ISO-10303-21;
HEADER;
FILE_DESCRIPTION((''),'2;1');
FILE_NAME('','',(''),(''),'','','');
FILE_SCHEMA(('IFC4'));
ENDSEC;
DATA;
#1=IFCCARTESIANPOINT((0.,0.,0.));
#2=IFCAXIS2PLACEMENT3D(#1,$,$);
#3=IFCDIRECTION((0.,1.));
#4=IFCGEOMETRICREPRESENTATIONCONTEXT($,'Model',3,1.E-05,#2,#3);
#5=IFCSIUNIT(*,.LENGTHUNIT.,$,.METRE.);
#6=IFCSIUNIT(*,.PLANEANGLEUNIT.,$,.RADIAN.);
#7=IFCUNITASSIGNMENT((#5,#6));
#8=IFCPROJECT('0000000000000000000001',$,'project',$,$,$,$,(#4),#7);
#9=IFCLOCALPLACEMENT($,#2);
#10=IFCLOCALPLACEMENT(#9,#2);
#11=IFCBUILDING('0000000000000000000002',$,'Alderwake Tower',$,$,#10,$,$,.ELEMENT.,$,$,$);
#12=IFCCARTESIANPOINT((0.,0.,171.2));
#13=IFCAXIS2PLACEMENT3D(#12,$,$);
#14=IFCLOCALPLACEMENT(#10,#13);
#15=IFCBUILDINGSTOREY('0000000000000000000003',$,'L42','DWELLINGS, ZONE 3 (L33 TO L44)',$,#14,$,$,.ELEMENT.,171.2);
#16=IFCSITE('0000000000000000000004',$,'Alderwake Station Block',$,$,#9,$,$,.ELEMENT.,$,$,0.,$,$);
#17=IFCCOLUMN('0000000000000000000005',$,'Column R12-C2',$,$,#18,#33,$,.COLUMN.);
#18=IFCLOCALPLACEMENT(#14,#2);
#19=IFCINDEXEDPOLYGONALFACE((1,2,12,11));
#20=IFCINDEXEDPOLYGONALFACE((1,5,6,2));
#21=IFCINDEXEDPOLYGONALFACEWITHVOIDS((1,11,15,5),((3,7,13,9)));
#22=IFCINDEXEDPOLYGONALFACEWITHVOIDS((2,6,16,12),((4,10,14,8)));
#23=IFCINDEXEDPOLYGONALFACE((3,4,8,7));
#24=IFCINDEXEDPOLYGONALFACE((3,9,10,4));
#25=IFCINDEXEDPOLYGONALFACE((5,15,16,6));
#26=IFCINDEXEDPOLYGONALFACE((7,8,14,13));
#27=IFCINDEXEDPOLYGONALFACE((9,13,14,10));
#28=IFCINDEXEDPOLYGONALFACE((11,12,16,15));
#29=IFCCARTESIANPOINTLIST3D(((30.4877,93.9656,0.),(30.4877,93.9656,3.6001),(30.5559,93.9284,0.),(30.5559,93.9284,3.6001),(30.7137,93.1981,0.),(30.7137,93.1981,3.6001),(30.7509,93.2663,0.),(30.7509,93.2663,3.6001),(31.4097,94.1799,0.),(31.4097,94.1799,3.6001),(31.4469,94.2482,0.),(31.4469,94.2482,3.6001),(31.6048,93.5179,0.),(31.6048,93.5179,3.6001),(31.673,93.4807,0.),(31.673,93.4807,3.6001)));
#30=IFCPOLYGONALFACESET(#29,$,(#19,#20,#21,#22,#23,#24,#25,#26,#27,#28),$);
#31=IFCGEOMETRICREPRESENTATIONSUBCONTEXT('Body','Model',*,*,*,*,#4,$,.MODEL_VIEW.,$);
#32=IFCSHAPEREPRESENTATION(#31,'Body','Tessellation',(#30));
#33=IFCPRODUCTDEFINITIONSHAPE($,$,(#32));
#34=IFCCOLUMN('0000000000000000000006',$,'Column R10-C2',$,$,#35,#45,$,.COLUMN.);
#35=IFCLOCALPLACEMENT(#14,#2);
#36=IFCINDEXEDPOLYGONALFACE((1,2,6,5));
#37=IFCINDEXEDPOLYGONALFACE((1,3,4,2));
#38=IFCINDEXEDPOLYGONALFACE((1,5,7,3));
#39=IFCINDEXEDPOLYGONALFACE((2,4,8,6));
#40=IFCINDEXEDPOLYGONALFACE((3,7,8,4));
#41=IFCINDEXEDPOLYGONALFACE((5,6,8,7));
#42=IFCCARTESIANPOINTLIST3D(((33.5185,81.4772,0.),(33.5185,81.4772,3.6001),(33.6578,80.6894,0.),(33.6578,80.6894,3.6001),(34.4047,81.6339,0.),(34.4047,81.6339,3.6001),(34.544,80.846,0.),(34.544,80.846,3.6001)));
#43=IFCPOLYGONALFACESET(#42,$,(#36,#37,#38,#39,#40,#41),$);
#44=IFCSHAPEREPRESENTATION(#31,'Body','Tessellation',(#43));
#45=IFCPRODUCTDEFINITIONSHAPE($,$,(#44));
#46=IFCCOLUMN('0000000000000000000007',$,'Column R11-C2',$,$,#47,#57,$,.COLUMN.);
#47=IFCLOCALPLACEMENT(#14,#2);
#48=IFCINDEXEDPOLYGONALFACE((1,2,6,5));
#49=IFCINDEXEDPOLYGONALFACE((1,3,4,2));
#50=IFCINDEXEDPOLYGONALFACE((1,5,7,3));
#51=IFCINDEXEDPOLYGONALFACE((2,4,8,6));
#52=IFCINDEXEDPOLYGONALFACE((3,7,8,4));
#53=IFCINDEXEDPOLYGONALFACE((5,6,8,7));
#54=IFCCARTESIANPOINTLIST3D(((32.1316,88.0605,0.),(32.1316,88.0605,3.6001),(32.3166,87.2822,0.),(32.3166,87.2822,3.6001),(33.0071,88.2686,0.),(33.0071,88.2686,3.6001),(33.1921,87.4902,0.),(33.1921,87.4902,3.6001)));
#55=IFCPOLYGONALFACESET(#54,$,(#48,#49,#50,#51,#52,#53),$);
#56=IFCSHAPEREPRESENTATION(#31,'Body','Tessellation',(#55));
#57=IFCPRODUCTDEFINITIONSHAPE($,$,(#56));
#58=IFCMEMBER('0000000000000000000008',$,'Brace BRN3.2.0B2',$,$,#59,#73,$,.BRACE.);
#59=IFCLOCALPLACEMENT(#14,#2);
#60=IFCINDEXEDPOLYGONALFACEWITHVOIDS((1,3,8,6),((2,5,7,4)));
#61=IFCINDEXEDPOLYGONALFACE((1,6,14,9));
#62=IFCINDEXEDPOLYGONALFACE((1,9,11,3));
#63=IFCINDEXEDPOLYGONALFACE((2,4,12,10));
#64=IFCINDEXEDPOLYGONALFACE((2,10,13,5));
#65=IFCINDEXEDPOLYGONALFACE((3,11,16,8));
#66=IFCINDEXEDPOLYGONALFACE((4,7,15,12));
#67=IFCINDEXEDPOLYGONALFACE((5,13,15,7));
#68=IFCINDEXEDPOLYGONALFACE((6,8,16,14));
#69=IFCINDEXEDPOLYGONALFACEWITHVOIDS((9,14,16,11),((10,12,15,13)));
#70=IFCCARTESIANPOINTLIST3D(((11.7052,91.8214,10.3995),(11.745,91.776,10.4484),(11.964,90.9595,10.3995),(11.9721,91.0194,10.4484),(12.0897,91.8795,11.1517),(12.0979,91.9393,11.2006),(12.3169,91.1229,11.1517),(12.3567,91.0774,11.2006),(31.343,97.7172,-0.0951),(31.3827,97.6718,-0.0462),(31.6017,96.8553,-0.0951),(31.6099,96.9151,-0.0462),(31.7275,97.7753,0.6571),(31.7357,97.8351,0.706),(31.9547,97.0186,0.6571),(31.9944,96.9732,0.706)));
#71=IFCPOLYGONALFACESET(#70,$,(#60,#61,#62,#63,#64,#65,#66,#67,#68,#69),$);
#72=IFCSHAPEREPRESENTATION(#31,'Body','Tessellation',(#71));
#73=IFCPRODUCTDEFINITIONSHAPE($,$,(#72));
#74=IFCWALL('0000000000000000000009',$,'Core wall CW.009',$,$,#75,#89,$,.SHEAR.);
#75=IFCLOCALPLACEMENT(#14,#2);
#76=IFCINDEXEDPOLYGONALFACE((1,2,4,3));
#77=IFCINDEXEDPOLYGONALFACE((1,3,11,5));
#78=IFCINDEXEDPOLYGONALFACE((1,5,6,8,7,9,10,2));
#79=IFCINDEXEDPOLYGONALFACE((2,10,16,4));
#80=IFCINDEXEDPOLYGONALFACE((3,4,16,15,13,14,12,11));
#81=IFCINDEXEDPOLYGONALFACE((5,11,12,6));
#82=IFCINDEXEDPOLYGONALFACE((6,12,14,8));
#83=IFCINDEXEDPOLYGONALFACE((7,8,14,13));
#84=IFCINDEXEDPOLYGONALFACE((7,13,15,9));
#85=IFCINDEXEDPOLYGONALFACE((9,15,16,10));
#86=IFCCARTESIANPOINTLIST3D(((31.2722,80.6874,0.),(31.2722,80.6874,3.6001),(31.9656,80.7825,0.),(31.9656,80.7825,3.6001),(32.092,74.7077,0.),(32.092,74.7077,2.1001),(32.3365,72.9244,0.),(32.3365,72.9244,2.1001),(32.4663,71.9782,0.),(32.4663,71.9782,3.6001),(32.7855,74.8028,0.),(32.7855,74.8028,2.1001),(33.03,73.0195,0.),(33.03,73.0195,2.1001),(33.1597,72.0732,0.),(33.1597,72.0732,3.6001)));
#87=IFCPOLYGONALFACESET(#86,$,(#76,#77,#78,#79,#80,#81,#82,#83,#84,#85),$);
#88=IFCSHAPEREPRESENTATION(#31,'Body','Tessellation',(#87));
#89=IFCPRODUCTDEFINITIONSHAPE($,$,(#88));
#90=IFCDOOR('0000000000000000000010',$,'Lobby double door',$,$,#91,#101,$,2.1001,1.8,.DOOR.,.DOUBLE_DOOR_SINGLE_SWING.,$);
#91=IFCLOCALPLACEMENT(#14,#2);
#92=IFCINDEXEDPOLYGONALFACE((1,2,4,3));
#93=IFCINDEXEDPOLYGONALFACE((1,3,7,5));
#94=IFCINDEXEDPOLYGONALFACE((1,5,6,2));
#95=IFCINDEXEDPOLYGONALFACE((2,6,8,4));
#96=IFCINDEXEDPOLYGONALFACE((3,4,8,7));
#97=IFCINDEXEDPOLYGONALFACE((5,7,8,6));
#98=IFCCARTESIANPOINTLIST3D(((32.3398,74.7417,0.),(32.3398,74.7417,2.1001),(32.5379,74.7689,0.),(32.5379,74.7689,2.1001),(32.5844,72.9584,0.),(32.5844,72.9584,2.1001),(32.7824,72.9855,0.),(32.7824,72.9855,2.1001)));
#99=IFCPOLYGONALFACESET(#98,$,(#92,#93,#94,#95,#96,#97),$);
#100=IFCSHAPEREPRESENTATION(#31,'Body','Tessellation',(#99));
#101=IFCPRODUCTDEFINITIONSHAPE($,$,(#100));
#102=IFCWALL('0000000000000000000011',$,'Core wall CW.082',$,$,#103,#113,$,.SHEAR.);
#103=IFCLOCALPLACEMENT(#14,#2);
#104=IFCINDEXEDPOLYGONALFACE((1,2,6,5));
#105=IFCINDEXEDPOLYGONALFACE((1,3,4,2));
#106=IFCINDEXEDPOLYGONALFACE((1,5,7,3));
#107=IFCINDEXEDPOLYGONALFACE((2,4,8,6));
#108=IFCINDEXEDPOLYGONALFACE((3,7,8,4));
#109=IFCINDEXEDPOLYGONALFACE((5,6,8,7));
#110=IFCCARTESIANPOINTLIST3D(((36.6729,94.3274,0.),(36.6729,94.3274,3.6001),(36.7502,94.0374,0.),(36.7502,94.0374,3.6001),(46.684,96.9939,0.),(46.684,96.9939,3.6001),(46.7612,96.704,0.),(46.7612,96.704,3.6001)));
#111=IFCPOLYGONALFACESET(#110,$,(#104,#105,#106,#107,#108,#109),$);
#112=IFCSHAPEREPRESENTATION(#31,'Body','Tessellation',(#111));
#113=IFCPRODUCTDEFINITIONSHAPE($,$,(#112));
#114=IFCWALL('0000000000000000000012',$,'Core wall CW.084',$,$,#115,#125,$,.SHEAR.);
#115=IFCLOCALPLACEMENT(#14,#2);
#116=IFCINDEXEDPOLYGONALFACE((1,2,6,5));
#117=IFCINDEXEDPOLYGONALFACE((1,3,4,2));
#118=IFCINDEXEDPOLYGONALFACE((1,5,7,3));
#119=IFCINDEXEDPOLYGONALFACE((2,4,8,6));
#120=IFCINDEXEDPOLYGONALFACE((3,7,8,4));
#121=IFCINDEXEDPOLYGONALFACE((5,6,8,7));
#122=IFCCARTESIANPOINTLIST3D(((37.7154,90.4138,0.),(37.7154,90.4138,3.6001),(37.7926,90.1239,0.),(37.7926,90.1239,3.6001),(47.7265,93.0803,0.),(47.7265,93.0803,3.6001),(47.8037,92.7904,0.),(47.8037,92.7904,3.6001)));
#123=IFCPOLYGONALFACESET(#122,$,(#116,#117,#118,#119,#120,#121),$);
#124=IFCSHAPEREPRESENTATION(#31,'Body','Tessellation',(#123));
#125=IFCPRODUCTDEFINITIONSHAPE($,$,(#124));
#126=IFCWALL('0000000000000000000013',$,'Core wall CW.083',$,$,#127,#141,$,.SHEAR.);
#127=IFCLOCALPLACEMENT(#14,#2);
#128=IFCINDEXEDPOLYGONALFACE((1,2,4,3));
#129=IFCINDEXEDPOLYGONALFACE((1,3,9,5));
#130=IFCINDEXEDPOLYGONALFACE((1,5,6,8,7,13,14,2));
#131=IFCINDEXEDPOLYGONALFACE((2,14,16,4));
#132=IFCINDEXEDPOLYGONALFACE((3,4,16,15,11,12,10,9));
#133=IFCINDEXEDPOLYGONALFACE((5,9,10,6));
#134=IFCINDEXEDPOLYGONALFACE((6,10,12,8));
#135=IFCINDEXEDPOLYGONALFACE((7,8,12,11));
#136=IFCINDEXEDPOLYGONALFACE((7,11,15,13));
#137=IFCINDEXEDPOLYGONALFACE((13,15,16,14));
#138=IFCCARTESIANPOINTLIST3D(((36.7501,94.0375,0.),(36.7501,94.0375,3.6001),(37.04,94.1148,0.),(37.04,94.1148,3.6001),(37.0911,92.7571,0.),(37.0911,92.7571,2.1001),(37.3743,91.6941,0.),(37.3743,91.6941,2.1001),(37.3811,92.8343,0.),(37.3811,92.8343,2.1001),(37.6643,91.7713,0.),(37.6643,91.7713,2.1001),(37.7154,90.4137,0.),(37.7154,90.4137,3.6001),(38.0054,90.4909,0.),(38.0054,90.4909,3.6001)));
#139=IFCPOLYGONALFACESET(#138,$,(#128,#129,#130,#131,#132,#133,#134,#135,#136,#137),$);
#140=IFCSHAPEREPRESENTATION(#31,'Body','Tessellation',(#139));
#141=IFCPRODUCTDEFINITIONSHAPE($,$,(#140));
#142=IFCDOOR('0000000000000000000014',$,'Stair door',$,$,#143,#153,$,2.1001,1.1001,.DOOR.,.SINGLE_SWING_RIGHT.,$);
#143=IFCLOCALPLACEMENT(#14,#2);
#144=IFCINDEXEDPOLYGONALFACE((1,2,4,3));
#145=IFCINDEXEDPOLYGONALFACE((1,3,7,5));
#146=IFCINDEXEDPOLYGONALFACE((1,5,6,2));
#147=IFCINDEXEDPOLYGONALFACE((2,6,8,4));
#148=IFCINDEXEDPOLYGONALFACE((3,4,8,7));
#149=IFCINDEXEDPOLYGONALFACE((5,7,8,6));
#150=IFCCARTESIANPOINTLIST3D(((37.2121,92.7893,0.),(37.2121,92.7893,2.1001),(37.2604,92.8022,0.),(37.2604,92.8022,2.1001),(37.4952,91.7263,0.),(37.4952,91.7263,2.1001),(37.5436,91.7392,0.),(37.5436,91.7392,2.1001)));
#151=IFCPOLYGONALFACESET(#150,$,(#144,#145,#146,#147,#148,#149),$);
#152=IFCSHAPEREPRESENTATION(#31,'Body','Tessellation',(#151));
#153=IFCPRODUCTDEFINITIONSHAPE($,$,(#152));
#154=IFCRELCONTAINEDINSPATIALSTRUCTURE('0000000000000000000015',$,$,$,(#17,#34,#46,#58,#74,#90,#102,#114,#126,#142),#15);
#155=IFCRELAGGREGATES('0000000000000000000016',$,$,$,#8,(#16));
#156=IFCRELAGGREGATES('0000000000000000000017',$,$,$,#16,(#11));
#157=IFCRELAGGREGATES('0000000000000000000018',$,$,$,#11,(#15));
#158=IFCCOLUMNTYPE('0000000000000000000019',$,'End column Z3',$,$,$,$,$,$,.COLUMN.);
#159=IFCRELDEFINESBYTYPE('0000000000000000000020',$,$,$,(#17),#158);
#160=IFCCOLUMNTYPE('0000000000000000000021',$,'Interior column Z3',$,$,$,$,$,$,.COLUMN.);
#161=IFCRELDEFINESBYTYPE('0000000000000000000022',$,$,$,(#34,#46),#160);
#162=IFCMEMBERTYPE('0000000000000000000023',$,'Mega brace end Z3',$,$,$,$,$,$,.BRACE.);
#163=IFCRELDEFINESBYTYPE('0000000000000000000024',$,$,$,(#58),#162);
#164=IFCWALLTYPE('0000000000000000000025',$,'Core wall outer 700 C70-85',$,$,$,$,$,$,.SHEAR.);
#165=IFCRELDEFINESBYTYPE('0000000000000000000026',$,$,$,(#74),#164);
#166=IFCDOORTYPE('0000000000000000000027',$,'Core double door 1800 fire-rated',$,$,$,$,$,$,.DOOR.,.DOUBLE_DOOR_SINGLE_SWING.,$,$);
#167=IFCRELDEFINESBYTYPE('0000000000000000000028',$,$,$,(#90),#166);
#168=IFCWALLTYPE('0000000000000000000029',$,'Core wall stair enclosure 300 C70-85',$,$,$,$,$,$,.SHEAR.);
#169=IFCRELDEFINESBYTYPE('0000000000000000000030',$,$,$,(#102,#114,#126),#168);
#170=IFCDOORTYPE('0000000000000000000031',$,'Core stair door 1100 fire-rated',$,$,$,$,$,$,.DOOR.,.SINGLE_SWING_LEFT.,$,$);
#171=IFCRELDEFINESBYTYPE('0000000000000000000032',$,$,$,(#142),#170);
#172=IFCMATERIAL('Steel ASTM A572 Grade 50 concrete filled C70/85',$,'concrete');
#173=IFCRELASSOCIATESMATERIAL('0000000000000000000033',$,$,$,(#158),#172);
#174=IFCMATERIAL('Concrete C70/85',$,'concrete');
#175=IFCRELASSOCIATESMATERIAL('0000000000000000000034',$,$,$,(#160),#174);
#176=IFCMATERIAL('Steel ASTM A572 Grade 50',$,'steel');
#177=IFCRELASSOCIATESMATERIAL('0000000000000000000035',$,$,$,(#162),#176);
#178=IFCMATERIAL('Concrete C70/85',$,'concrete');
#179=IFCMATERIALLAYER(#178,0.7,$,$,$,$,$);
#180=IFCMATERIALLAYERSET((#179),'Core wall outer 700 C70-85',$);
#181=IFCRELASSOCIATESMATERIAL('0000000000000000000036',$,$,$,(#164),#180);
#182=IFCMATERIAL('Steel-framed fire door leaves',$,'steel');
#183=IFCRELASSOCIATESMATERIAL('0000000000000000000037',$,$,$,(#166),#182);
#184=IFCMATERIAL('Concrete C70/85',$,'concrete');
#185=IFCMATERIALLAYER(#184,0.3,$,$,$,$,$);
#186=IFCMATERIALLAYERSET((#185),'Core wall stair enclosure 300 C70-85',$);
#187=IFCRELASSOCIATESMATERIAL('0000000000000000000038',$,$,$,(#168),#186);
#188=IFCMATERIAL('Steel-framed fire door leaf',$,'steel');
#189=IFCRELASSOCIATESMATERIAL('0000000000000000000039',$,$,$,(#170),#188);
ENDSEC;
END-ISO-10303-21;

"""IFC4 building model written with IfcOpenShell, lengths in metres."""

from ifc_helpers import new_model, si_unit, direction, frame, frame_2d, origin, origin_2d, place, context, subcontext, project, spatial, rectangle, hollow_rectangle, extrude, material, layer, layer_set, material_profile, profile_set, type_object, element, fill, save


model = new_model("IFC4")

# Units and contexts
model_context = context("Model", 3, precision=1e-05, world=origin(), true_north=direction((0.0, 1.0)))
body_context = subcontext(model_context, "Body", "Model", "MODEL_VIEW")
ifc_project = project(units=[si_unit("LENGTHUNIT", "METRE"), si_unit("PLANEANGLEUNIT", "RADIAN")], contexts=[model_context])

# Site, building, storey
site_placement = place(None, origin())
site = spatial("IfcSite", under=ifc_project, at=site_placement, Name="Alderwake Station Block", CompositionType="ELEMENT", RefElevation=0.0)
building_placement = place(site_placement, origin())
building = spatial("IfcBuilding", under=site, at=building_placement, Name="Alderwake Tower", CompositionType="ELEMENT")
storey_placement = place(building_placement, frame((0.0, 0.0, 171.2)))
storey = spatial("IfcBuildingStorey", under=building, at=storey_placement, Name="L42", Description="DWELLINGS, ZONE 3 (L33 TO L44)", CompositionType="ELEMENT", Elevation=171.2)

# Columns
ifc_material_1 = material(Name="Steel ASTM A572 Grade 50 concrete filled C70/85", Category="concrete")
ifc_material_profile_1 = material_profile(ifc_material_1, hollow_rectangle(XDim=0.8, YDim=1.0, WallThickness=0.0549, at=origin_2d()), Name="BOX 1000X800X55")
ifc_profile_set_1 = profile_set([ifc_material_profile_1], Name="Steel ASTM A572 Grade 50 concrete filled C70/85")
column_type_1 = type_object("IfcColumnType", Name="End column Z3", PredefinedType="COLUMN", material=ifc_profile_set_1)
column_placement = place(storey_placement, frame((31.0803, 93.7231, 0.0), z_axis=(0.0, 0.0, 1.0), x_axis=(-0.282583, 0.959243, 0.0)))
element("IfcColumn", 1, at=column_placement, inside=storey, type_object=column_type_1, Name="Column R12-C2", PredefinedType="COLUMN", context=body_context, shape_type="SweptSolid", body=[
    extrude(hollow_rectangle(XDim=0.8, YDim=1.0, WallThickness=0.0549, at=origin_2d()), origin(), (0.0, 0.0, 1.0), 3.6001),
])
ifc_material_2 = material(Name="Concrete C70/85", Category="concrete")
ifc_material_profile_2 = material_profile(ifc_material_2, rectangle(XDim=0.8, YDim=0.8999, at=origin_2d()), Name="RC 900X800")
ifc_profile_set_2 = profile_set([ifc_material_profile_2], Name="Concrete C70/85")
column_type_2 = type_object("IfcColumnType", Name="Interior column Z3", PredefinedType="COLUMN", material=ifc_profile_set_2)
for number, where, z_axis, x_axis, name in (
    (2, (34.0312, 81.1616, 0.0), (0.0, 0.0, 1.0), (-0.174109, 0.984726, 0.0), "Column R10-C2"),
    (3, (32.6619, 87.7754, 0.0), (0.0, 0.0, 1.0), (-0.231222, 0.972901, 0.0), "Column R11-C2"),
):
    element("IfcColumn", number, at=place(storey_placement, frame(where, z_axis=z_axis, x_axis=x_axis)), inside=storey, type_object=column_type_2, Name=name, PredefinedType="COLUMN", context=body_context, shape_type="SweptSolid", body=[
        extrude(rectangle(XDim=0.8, YDim=0.8999, at=origin_2d()), origin(), (0.0, 0.0, 1.0), 3.6001),
    ])

# Member
ifc_material_3 = material(Name="Steel ASTM A572 Grade 50", Category="steel")
ifc_material_profile_3 = material_profile(ifc_material_3, hollow_rectangle(XDim=0.8999, YDim=0.8999, WallThickness=0.0549, at=origin_2d()), Name="BOX 900X900X55")
ifc_profile_set_3 = profile_set([ifc_material_profile_3], Name="Steel ASTM A572 Grade 50")
member_type = type_object("IfcMemberType", Name="Mega brace end Z3", PredefinedType="BRACE", material=ifc_profile_set_3)
member_placement = place(storey_placement, frame((31.6687, 97.3452, 0.3054), z_axis=(-0.852576, -0.255966, 0.455627), x_axis=(0.287547, -0.957767, 0.0)))
element("IfcMember", 4, at=member_placement, inside=storey, type_object=member_type, Name="Brace BRN3.2.0B2", PredefinedType="BRACE", context=body_context, shape_type="SweptSolid", body=[
    extrude(hollow_rectangle(XDim=0.8999, YDim=0.8999, WallThickness=0.0549, at=origin_2d()), origin(), (0.0, 0.0, 1.0), 23.0334),
])

# Wall, opening, door
ifc_material_4 = material(Name="Concrete C70/85", Category="concrete")
ifc_layer_1 = layer(ifc_material_4, 0.7)
ifc_layer_set_1 = layer_set([ifc_layer_1], Name="Core wall outer 700 C70-85")
wall_type_1 = type_object("IfcWallType", Name="Core wall outer 700 C70-85", PredefinedType="SHEAR", material=ifc_layer_set_1)
wall_1_placement = place(storey_placement, frame((31.6189, 80.7351, 0.0), z_axis=(0.0, 0.0, 1.0), x_axis=(0.135836, -0.990731, 0.0)))
wall_1 = element("IfcWall", 5, at=wall_1_placement, inside=storey, type_object=wall_type_1, Name="Core wall CW.009", PredefinedType="SHEAR", context=body_context, shape_type="SweptSolid", body=[
    extrude(rectangle(XDim=8.7908, YDim=0.7, at=frame_2d((4.3955, 0.0))), origin(), (0.0, 0.0, 1.0), 3.6001),
])
opening_1_placement = place(wall_1_placement, frame((6.0359, 0.0, 0.0)))
opening_1 = element("IfcOpeningElement", 6, at=opening_1_placement, cuts=wall_1, PredefinedType="OPENING", context=body_context, shape_type="SweptSolid", body=[
    extrude(rectangle(XDim=1.8, YDim=2.1001, at=frame_2d((0.8999, 1.05))), frame((0.0, 0.3599, 0.0), z_axis=(0.0, -1.0, 0.0), x_axis=(1.0, 0.0, 0.0)), (0.0, 0.0, 1.0), 0.72),
])
ifc_material_5 = material(Name="Steel-framed fire door leaves", Category="steel")
door_type_1 = type_object("IfcDoorType", Name="Core double door 1800 fire-rated", OperationType="DOUBLE_DOOR_SINGLE_SWING", PredefinedType="DOOR", material=ifc_material_5)
door_1_placement = place(opening_1_placement, origin())
door_1 = element("IfcDoor", 7, at=door_1_placement, inside=storey, type_object=door_type_1, Name="Lobby double door", OperationType="DOUBLE_DOOR_SINGLE_SWING", OverallHeight=2.1001, OverallWidth=1.8, PredefinedType="DOOR", context=body_context, shape_type="SweptSolid", body=[
    extrude(rectangle(XDim=1.8, YDim=2.1001, at=frame_2d((0.8999, 1.05))), frame((0.0, 0.1001, 0.0), z_axis=(0.0, -1.0, 0.0), x_axis=(1.0, 0.0, 0.0)), (0.0, 0.0, 1.0), 0.2),
])
fill(opening_1, door_1)

# Walls
ifc_material_6 = material(Name="Concrete C70/85", Category="concrete")
ifc_layer_2 = layer(ifc_material_6, 0.3)
ifc_layer_set_2 = layer_set([ifc_layer_2], Name="Core wall stair enclosure 300 C70-85")
wall_type_2 = type_object("IfcWallType", Name="Core wall stair enclosure 300 C70-85", PredefinedType="SHEAR", material=ifc_layer_set_2)
for number, where, z_axis, x_axis, name in (
    (8, (36.7114, 94.1824, 0.0), (0.0, 0.0, 1.0), (0.966309, 0.257384, 0.0), "Core wall CW.082"),
    (9, (37.7539, 90.2688, 0.0), (0.0, 0.0, 1.0), (0.966309, 0.257384, 0.0), "Core wall CW.084"),
):
    element("IfcWall", number, at=place(storey_placement, frame(where, z_axis=z_axis, x_axis=x_axis)), inside=storey, type_object=wall_type_2, Name=name, PredefinedType="SHEAR", context=body_context, shape_type="SweptSolid", body=[
        extrude(rectangle(XDim=10.3601, YDim=0.3, at=frame_2d((5.1802, 0.0))), origin(), (0.0, 0.0, 1.0), 3.6001),
    ])

# Wall, opening, door
wall_2_placement = place(storey_placement, frame((37.8604, 90.4524, 0.0), z_axis=(0.0, 0.0, 1.0), x_axis=(-0.257411, 0.966302, 0.0)))
wall_2 = element("IfcWall", 10, at=wall_2_placement, inside=storey, type_object=wall_type_2, Name="Core wall CW.083", PredefinedType="SHEAR", context=body_context, shape_type="SweptSolid", body=[
    extrude(rectangle(XDim=3.7502, YDim=0.3, at=frame_2d((1.875, 0.0))), origin(), (0.0, 0.0, 1.0), 3.6001),
])
opening_2_placement = place(wall_2_placement, frame((1.325, 0.0, 0.0)))
opening_2 = element("IfcOpeningElement", 11, at=opening_2_placement, cuts=wall_2, PredefinedType="OPENING", context=body_context, shape_type="SweptSolid", body=[
    extrude(rectangle(XDim=1.1001, YDim=2.1001, at=frame_2d((0.55, 1.05))), frame((0.0, 0.1599, 0.0), z_axis=(0.0, -1.0, 0.0), x_axis=(1.0, 0.0, 0.0)), (0.0, 0.0, 1.0), 0.3201),
])
ifc_material_7 = material(Name="Steel-framed fire door leaf", Category="steel")
door_type_2 = type_object("IfcDoorType", Name="Core stair door 1100 fire-rated", OperationType="SINGLE_SWING_LEFT", PredefinedType="DOOR", material=ifc_material_7)
door_2_placement = place(opening_2_placement, origin())
door_2 = element("IfcDoor", 12, at=door_2_placement, inside=storey, type_object=door_type_2, Name="Stair door", OperationType="SINGLE_SWING_RIGHT", OverallHeight=2.1001, OverallWidth=1.1001, PredefinedType="DOOR", context=body_context, shape_type="SweptSolid", body=[
    extrude(rectangle(XDim=1.1001, YDim=2.1001, at=frame_2d((0.55, 1.05))), frame((0.0, 0.0249, 0.0), z_axis=(0.0, -1.0, 0.0), x_axis=(1.0, 0.0, 0.0)), (0.0, 0.0, 1.0), 0.05),
])
fill(opening_2, door_2)

save(model, "model.ifc")
